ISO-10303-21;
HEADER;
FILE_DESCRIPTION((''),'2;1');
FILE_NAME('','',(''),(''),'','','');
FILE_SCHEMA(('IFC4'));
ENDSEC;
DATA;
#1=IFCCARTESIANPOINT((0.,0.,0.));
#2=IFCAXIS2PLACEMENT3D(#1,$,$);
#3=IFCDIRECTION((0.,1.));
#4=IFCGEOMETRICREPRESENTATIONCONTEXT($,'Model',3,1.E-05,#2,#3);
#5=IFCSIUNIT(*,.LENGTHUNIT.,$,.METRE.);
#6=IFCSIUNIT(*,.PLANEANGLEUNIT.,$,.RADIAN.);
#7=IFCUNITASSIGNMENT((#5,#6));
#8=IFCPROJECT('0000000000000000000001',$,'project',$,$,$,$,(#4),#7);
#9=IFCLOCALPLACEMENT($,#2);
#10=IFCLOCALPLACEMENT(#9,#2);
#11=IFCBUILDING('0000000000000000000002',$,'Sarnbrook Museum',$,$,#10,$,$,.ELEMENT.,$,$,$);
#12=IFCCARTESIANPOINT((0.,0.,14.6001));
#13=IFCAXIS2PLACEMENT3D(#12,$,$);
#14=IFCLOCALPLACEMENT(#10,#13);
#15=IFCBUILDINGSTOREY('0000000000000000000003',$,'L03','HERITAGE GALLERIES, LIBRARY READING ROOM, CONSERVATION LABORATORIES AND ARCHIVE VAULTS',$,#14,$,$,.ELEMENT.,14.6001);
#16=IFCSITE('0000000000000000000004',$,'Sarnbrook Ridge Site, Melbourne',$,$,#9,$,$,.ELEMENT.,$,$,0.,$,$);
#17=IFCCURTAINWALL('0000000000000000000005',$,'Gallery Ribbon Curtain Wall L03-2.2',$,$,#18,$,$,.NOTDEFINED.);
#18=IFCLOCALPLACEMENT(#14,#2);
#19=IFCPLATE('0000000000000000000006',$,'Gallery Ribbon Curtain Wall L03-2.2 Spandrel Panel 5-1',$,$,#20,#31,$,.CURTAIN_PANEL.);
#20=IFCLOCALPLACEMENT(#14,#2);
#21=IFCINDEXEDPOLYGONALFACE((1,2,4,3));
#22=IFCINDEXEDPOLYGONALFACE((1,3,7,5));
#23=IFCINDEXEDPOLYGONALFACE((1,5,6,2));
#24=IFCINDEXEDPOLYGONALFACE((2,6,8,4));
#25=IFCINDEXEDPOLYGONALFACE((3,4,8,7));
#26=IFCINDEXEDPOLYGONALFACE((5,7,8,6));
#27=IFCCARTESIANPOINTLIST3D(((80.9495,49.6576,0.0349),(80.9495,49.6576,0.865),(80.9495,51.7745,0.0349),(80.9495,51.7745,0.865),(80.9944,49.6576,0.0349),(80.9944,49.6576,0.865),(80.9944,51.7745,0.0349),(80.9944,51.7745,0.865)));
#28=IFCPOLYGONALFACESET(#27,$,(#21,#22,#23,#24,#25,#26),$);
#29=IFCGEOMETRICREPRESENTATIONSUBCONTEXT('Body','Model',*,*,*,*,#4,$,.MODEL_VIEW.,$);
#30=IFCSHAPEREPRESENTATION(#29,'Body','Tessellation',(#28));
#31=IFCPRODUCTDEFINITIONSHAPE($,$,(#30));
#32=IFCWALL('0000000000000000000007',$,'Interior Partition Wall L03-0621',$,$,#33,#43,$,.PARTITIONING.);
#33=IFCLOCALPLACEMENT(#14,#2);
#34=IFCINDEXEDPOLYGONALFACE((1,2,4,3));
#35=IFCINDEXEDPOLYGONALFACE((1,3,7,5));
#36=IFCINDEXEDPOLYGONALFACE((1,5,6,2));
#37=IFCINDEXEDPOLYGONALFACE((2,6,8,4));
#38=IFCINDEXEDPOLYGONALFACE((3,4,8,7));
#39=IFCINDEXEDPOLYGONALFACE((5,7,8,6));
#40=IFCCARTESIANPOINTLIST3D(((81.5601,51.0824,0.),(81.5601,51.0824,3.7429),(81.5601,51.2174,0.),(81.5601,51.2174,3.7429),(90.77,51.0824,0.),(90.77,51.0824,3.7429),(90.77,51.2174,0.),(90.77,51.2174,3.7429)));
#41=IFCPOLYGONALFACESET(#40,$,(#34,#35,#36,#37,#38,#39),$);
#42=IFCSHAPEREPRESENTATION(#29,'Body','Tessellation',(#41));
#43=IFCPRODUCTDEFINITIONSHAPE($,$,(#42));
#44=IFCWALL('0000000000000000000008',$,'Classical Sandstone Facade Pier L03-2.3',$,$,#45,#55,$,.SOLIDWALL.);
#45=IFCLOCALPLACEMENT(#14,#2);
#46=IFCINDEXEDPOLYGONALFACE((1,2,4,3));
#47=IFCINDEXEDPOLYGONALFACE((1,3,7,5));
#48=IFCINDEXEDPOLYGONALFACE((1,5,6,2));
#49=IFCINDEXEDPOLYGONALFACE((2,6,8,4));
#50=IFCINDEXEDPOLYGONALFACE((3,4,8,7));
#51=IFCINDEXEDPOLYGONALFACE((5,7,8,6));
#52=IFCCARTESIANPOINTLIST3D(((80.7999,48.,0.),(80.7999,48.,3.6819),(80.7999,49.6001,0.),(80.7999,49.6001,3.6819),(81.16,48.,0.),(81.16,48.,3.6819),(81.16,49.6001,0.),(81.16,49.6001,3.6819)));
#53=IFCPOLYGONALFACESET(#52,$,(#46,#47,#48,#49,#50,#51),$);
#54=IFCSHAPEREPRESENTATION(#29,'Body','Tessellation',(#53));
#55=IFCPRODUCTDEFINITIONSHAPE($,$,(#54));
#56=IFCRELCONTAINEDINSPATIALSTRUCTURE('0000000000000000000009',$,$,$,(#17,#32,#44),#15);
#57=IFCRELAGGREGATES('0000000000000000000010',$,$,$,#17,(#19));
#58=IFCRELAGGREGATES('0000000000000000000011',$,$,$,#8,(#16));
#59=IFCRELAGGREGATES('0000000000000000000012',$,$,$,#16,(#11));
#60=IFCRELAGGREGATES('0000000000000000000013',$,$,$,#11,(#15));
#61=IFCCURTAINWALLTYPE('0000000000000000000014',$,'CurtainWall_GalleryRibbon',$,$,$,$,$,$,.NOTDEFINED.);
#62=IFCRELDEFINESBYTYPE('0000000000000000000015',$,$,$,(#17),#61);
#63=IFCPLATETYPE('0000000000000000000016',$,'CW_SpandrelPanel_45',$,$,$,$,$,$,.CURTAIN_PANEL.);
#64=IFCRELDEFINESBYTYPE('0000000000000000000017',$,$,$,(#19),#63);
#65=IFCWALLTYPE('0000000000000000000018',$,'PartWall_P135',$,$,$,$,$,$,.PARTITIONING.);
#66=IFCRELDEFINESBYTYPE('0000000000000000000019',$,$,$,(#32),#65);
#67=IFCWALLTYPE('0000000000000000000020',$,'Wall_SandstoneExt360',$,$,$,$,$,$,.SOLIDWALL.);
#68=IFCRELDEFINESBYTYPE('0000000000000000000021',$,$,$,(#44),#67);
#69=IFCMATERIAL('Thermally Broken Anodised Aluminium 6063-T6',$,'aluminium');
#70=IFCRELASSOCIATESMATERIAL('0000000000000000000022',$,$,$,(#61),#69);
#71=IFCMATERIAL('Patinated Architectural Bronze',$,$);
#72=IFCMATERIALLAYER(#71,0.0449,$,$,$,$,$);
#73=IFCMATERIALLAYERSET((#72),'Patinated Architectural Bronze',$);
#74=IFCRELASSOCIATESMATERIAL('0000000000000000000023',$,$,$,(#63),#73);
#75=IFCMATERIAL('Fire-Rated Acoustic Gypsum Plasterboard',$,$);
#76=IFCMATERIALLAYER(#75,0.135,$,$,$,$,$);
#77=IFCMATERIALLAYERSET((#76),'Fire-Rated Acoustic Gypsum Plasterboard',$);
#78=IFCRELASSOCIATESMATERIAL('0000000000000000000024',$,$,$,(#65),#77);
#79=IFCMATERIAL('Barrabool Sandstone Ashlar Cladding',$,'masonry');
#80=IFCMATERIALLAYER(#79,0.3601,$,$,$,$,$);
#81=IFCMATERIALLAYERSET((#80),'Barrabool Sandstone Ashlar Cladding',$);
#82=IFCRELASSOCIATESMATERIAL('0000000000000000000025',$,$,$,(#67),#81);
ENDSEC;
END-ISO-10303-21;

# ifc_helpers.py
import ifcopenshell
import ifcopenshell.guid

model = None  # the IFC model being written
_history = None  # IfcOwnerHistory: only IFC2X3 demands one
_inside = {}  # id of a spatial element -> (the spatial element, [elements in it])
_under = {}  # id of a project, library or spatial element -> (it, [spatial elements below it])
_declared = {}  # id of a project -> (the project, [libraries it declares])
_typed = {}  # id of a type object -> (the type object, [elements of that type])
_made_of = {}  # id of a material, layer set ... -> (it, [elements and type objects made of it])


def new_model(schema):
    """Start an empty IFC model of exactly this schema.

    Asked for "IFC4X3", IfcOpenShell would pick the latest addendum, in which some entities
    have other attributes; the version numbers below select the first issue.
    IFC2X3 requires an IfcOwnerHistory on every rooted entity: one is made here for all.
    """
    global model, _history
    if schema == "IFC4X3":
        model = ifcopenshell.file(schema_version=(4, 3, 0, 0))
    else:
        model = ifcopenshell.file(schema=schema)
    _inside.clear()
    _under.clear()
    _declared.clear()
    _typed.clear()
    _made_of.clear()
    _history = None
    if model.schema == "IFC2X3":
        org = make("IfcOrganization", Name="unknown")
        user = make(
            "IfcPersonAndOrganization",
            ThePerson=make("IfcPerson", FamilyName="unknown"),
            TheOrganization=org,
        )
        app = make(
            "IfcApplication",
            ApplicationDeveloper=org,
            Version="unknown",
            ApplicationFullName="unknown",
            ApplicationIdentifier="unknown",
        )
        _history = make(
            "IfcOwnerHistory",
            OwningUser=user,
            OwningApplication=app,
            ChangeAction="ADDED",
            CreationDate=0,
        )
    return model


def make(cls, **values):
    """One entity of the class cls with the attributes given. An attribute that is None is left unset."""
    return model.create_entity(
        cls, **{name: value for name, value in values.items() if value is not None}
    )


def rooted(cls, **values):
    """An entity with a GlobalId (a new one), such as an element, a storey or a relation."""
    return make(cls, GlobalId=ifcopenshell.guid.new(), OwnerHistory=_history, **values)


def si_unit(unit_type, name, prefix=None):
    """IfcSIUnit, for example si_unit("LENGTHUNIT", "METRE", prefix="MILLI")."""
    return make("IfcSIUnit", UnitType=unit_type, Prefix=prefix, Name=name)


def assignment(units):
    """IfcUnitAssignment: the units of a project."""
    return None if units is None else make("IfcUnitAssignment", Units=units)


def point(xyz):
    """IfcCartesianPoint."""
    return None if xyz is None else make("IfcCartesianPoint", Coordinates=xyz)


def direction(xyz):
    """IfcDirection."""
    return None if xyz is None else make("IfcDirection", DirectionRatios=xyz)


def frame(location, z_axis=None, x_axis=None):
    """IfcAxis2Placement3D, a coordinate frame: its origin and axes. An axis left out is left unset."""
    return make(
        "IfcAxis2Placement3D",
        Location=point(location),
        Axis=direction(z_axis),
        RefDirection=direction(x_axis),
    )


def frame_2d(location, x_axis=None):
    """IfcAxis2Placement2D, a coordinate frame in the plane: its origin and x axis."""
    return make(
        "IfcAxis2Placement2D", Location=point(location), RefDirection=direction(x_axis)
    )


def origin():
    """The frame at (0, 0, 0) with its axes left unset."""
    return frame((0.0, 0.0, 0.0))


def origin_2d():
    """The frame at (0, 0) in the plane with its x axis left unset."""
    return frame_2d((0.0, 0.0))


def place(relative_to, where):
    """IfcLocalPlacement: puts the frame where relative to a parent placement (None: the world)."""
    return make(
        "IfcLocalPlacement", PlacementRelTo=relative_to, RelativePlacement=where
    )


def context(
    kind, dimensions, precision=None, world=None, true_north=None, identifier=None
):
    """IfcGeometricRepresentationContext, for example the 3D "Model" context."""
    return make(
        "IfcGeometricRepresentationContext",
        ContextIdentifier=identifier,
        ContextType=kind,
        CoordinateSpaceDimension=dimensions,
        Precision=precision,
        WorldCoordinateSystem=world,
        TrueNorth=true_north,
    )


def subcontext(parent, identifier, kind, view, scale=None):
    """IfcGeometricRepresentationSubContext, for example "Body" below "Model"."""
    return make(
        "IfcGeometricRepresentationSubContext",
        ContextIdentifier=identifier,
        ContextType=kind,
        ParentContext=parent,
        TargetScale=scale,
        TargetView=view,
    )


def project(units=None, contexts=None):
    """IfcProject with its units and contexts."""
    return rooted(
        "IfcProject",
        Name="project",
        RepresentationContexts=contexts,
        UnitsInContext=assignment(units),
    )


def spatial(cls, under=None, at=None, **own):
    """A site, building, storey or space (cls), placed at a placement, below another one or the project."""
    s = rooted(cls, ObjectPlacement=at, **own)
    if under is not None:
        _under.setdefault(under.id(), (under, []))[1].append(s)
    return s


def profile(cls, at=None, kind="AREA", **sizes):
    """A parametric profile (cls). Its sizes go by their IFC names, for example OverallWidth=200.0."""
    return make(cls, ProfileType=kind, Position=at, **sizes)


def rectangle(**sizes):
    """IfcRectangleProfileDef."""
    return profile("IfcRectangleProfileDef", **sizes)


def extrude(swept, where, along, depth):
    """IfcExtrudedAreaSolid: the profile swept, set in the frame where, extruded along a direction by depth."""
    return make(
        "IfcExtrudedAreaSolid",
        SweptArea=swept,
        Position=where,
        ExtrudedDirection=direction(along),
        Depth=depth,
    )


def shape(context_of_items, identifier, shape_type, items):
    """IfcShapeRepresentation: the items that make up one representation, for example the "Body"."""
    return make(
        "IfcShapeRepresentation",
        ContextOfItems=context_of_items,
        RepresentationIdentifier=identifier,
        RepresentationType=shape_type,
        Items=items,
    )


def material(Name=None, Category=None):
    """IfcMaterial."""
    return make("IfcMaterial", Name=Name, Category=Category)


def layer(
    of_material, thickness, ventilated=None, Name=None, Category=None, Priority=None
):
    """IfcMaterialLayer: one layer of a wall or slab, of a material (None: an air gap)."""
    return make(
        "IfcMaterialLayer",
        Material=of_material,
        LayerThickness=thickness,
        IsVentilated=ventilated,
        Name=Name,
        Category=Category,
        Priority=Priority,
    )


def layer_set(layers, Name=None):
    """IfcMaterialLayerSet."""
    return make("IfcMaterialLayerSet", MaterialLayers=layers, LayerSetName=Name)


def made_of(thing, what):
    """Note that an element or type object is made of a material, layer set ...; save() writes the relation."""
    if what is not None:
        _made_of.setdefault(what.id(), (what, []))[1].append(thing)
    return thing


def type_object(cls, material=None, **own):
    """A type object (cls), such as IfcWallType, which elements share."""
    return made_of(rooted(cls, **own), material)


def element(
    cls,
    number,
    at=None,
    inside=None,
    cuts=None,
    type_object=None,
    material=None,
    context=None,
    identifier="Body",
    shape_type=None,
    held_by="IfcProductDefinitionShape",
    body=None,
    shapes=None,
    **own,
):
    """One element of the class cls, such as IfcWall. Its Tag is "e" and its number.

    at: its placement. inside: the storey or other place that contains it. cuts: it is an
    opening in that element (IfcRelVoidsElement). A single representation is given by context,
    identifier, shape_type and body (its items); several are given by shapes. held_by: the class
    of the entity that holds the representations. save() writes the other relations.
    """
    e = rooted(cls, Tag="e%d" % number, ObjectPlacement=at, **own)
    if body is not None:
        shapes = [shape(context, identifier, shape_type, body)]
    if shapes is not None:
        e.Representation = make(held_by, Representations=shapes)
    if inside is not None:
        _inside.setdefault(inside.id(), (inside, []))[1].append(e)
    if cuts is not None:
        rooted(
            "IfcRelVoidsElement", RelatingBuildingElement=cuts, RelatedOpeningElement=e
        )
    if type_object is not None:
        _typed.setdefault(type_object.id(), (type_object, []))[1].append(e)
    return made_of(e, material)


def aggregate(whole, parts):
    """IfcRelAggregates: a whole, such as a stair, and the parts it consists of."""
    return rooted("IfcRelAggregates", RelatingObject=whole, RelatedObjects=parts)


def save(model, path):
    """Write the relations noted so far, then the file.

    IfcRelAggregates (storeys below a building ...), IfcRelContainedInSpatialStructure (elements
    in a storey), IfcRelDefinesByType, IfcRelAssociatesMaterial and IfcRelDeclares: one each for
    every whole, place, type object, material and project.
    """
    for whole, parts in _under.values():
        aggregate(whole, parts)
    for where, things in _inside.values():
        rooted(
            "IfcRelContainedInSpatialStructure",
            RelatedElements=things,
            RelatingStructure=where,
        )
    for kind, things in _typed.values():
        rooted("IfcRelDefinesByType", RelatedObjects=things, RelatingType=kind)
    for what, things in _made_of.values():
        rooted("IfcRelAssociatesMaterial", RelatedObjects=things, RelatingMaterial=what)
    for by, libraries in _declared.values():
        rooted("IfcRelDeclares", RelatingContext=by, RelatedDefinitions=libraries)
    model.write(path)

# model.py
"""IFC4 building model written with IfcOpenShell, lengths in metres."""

from ifc_helpers import new_model, si_unit, direction, frame, frame_2d, origin, origin_2d, place, context, subcontext, project, spatial, rectangle, extrude, material, layer, layer_set, type_object, element, aggregate, save


model = new_model("IFC4")

# Units and contexts
model_context = context("Model", 3, precision=1e-05, world=origin(), true_north=direction((0.0, 1.0)))
body_context = subcontext(model_context, "Body", "Model", "MODEL_VIEW")
ifc_project = project(units=[si_unit("LENGTHUNIT", "METRE"), si_unit("PLANEANGLEUNIT", "RADIAN")], contexts=[model_context])

# Site, building, storey
site_placement = place(None, origin())
site = spatial("IfcSite", under=ifc_project, at=site_placement, Name="Sarnbrook Ridge Site, Melbourne", CompositionType="ELEMENT", RefElevation=0.0)
building_placement = place(site_placement, origin())
building = spatial("IfcBuilding", under=site, at=building_placement, Name="Sarnbrook Museum", CompositionType="ELEMENT")
storey_placement = place(building_placement, frame((0.0, 0.0, 14.6001)))
storey = spatial("IfcBuildingStorey", under=building, at=storey_placement, Name="L03", Description="HERITAGE GALLERIES, LIBRARY READING ROOM, CONSERVATION LABORATORIES AND ARCHIVE VAULTS", CompositionType="ELEMENT", Elevation=14.6001)

# Curtain wall
ifc_material_1 = material(Name="Thermally Broken Anodised Aluminium 6063-T6", Category="aluminium")
curtain_wall_type = type_object("IfcCurtainWallType", Name="CurtainWall_GalleryRibbon", PredefinedType="NOTDEFINED", material=ifc_material_1)
curtain_wall_placement = place(storey_placement, origin())
curtain_wall = element("IfcCurtainWall", 1, at=curtain_wall_placement, inside=storey, type_object=curtain_wall_type, Name="Gallery Ribbon Curtain Wall L03-2.2", PredefinedType="NOTDEFINED")

# Plate
ifc_material_2 = material(Name="Patinated Architectural Bronze")
ifc_layer_1 = layer(ifc_material_2, 0.0449)
ifc_layer_set_1 = layer_set([ifc_layer_1], Name="Patinated Architectural Bronze")
plate_type_1 = type_object("IfcPlateType", Name="CW_SpandrelPanel_45", PredefinedType="CURTAIN_PANEL", material=ifc_layer_set_1)
plate_1_placement = place(storey_placement, frame((80.9944, 50.7161, 0.45), z_axis=(-1.0, 0.0, 0.0), x_axis=(0.0, -1.0, 0.0)))
plate_1 = element("IfcPlate", 2, at=plate_1_placement, type_object=plate_type_1, Name="Gallery Ribbon Curtain Wall L03-2.2 Spandrel Panel 5-1", PredefinedType="CURTAIN_PANEL", context=body_context, shape_type="SweptSolid", body=[
    extrude(rectangle(XDim=2.1169, YDim=0.8301, at=origin_2d()), origin(), (0.0, 0.0, 1.0), 0.0449),
])
aggregate(curtain_wall, [plate_1])

# Walls
ifc_material_3 = material(Name="Fire-Rated Acoustic Gypsum Plasterboard")
ifc_layer_2 = layer(ifc_material_3, 0.135)
ifc_layer_set_2 = layer_set([ifc_layer_2], Name="Fire-Rated Acoustic Gypsum Plasterboard")
wall_type_1 = type_object("IfcWallType", Name="PartWall_P135", PredefinedType="PARTITIONING", material=ifc_layer_set_2)
wall_1_placement = place(storey_placement, frame((81.5601, 51.1499, 0.0), z_axis=(0.0, 0.0, 1.0), x_axis=(1.0, 0.0, 0.0)))
element("IfcWall", 3, at=wall_1_placement, inside=storey, type_object=wall_type_1, Name="Interior Partition Wall L03-0621", PredefinedType="PARTITIONING", context=body_context, shape_type="SweptSolid", body=[
    extrude(rectangle(XDim=9.21, YDim=0.135, at=frame_2d((4.605, 0.0))), origin(), (0.0, 0.0, 1.0), 3.7429),
])
ifc_material_4 = material(Name="Barrabool Sandstone Ashlar Cladding", Category="masonry")
ifc_layer_3 = layer(ifc_material_4, 0.3601)
ifc_layer_set_3 = layer_set([ifc_layer_3], Name="Barrabool Sandstone Ashlar Cladding")
wall_type_2 = type_object("IfcWallType", Name="Wall_SandstoneExt360", PredefinedType="SOLIDWALL", material=ifc_layer_set_3)
wall_2_placement = place(storey_placement, frame((80.98, 49.6001, 0.0), z_axis=(0.0, 0.0, 1.0), x_axis=(0.0, -1.0, 0.0)))
element("IfcWall", 4, at=wall_2_placement, inside=storey, type_object=wall_type_2, Name="Classical Sandstone Facade Pier L03-2.3", PredefinedType="SOLIDWALL", context=body_context, shape_type="SweptSolid", body=[
    extrude(rectangle(XDim=1.6001, YDim=0.3601, at=frame_2d((0.8, 0.0))), origin(), (0.0, 0.0, 1.0), 3.6819),
])

save(model, "model.ifc")
